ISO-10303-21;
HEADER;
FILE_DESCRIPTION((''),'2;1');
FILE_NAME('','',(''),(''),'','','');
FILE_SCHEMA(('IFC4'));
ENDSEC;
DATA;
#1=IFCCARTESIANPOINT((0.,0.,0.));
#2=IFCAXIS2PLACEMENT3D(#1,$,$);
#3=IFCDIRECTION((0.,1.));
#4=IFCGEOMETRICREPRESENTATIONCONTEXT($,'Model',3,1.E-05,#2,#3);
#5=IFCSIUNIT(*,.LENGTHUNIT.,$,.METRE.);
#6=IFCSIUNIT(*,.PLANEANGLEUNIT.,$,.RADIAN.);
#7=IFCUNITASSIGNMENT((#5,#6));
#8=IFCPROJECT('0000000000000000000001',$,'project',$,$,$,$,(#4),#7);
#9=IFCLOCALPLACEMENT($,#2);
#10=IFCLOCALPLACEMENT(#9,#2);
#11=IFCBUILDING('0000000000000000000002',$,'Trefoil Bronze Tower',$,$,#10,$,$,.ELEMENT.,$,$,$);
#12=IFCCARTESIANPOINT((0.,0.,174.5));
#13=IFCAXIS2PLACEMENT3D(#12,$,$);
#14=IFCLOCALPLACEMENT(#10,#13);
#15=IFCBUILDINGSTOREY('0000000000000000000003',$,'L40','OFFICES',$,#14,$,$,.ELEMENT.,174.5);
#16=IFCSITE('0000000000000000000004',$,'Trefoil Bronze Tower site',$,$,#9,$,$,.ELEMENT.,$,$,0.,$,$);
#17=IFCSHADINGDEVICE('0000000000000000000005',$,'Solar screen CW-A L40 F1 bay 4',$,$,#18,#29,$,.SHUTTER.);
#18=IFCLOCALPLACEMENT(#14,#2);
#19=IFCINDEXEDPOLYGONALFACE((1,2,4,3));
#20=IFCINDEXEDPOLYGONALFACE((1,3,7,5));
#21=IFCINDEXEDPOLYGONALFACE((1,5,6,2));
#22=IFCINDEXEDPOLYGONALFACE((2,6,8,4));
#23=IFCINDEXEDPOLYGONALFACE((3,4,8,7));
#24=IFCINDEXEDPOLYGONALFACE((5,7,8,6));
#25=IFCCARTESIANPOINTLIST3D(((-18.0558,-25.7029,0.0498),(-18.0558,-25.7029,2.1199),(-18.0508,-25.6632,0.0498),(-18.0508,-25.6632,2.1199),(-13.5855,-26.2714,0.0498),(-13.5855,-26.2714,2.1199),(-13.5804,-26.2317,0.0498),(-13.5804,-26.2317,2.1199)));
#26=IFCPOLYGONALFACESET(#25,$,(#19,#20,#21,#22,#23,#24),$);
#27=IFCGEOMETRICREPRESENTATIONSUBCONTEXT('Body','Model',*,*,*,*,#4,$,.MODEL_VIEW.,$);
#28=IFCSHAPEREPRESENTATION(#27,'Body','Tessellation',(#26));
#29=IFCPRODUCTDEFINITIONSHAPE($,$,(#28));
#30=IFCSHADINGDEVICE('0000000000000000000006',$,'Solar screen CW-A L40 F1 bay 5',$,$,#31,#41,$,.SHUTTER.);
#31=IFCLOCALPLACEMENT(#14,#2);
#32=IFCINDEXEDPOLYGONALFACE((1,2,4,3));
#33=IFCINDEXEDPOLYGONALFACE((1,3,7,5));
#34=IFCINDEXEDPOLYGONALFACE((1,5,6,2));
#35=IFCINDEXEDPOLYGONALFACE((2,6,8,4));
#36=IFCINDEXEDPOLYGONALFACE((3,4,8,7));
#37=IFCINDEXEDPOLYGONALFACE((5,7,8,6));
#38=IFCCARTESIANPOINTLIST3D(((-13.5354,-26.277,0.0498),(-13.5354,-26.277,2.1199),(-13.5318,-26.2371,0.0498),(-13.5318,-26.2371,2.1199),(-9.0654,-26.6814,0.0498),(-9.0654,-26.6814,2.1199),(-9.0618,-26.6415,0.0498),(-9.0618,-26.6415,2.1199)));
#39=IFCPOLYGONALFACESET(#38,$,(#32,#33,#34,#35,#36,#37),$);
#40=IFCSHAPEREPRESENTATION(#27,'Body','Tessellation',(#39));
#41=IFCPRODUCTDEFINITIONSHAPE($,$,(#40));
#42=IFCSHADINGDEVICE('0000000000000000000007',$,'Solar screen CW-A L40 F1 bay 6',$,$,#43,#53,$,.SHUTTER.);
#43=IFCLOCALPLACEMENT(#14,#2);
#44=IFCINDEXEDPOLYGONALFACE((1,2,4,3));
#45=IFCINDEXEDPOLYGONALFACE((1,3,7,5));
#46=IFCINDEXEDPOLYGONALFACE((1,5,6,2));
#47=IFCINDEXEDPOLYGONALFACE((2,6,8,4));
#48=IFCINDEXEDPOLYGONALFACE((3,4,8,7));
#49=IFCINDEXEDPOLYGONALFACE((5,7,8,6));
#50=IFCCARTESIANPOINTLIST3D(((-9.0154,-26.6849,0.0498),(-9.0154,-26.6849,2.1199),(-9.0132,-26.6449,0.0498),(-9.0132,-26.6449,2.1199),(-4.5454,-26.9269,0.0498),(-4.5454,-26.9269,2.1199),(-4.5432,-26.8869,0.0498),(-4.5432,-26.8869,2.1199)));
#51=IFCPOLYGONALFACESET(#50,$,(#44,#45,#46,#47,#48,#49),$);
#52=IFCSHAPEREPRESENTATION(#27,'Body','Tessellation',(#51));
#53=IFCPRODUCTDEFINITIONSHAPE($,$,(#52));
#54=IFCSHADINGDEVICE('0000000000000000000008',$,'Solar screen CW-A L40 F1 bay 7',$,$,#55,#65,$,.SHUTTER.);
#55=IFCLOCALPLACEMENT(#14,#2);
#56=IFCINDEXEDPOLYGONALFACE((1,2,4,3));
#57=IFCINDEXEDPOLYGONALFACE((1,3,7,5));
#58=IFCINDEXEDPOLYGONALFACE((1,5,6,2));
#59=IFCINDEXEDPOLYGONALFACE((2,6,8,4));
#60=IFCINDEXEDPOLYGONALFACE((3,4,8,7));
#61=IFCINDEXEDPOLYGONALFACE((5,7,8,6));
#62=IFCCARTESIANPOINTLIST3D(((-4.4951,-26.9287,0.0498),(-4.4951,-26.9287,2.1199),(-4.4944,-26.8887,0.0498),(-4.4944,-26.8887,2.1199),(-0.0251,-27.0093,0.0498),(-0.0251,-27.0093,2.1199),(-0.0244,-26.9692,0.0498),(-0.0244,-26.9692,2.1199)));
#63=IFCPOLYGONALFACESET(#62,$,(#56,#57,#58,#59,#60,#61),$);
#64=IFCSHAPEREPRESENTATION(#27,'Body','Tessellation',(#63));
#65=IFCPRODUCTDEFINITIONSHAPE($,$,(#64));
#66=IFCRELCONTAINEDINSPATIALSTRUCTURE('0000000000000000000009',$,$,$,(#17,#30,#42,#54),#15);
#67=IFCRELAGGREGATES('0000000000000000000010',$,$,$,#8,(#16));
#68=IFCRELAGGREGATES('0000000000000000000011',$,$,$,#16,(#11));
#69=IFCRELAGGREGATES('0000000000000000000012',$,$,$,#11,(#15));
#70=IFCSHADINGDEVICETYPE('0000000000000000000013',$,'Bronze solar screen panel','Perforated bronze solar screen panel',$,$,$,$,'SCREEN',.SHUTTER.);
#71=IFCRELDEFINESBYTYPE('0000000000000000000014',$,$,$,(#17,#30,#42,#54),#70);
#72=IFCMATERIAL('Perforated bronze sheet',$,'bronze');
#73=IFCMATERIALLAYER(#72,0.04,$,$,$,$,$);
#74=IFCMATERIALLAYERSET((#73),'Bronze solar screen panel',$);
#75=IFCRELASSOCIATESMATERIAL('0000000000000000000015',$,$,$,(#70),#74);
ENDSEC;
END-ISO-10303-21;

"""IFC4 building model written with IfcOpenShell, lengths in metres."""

from ifc_helpers import new_model, si_unit, direction, frame, origin, origin_2d, place, context, subcontext, project, spatial, rectangle, extrude, material, layer, layer_set, type_object, element, save


model = new_model("IFC4")

# Units and contexts
model_context = context("Model", 3, precision=1e-05, world=origin(), true_north=direction((0.0, 1.0)))
body_context = subcontext(model_context, "Body", "Model", "MODEL_VIEW")
ifc_project = project(units=[si_unit("LENGTHUNIT", "METRE"), si_unit("PLANEANGLEUNIT", "RADIAN")], contexts=[model_context])

# Site, building, storey
site_placement = place(None, origin())
site = spatial("IfcSite", under=ifc_project, at=site_placement, Name="Trefoil Bronze Tower site", CompositionType="ELEMENT", RefElevation=0.0)
building_placement = place(site_placement, origin())
building = spatial("IfcBuilding", under=site, at=building_placement, Name="Trefoil Bronze Tower", CompositionType="ELEMENT")
storey_placement = place(building_placement, frame((0.0, 0.0, 174.5)))
storey = spatial("IfcBuildingStorey", under=building, at=storey_placement, Name="L40", Description="OFFICES", CompositionType="ELEMENT", Elevation=174.5)

# Shading devices
ifc_material_1 = material(Name="Perforated bronze sheet", Category="bronze")
ifc_layer_1 = layer(ifc_material_1, 0.04)
ifc_layer_set_1 = layer_set([ifc_layer_1], Name="Bronze solar screen panel")
shading_device_type = type_object("IfcShadingDeviceType", Name="Bronze solar screen panel", Description="Perforated bronze solar screen panel", ElementType="SCREEN", PredefinedType="SHUTTER", material=ifc_layer_set_1)
shading_device_1_placement = place(storey_placement, frame((-15.8181, -25.9673, 0.0498), z_axis=(0.0, 0.0, 1.0), x_axis=(0.992012, -0.126147, 0.0)))
element("IfcShadingDevice", 1, at=shading_device_1_placement, inside=storey, type_object=shading_device_type, Name="Solar screen CW-A L40 F1 bay 4", PredefinedType="SHUTTER", context=body_context, shape_type="SweptSolid", body=[
    extrude(rectangle(XDim=4.5063, YDim=0.04, at=origin_2d()), origin(), (0.0, 0.0, 1.0), 2.0701),
])
shading_device_2_placement = place(storey_placement, frame((-11.2986, -26.4592, 0.0498), z_axis=(0.0, 0.0, 1.0), x_axis=(0.995932, -0.090105, 0.0)))
element("IfcShadingDevice", 2, at=shading_device_2_placement, inside=storey, type_object=shading_device_type, Name="Solar screen CW-A L40 F1 bay 5", PredefinedType="SHUTTER", context=body_context, shape_type="SweptSolid", body=[
    extrude(rectangle(XDim=4.4883, YDim=0.04, at=origin_2d()), origin(), (0.0, 0.0, 1.0), 2.0701),
])
shading_device_3_placement = place(storey_placement, frame((-6.7793, -26.7859, 0.0498), z_axis=(0.0, 0.0, 1.0), x_axis=(0.998538, -0.054063, 0.0)))
element("IfcShadingDevice", 3, at=shading_device_3_placement, inside=storey, type_object=shading_device_type, Name="Solar screen CW-A L40 F1 bay 6", PredefinedType="SHUTTER", context=body_context, shape_type="SweptSolid", body=[
    extrude(rectangle(XDim=4.4766, YDim=0.04, at=origin_2d()), origin(), (0.0, 0.0, 1.0), 2.0701),
])
shading_device_4_placement = place(storey_placement, frame((-2.2598, -26.949, 0.0498), z_axis=(0.0, 0.0, 1.0), x_axis=(0.999838, -0.018021, 0.0)))
element("IfcShadingDevice", 4, at=shading_device_4_placement, inside=storey, type_object=shading_device_type, Name="Solar screen CW-A L40 F1 bay 7", PredefinedType="SHUTTER", context=body_context, shape_type="SweptSolid", body=[
    extrude(rectangle(XDim=4.4707, YDim=0.04, at=origin_2d()), origin(), (0.0, 0.0, 1.0), 2.0701),
])

save(model, "model.ifc")
